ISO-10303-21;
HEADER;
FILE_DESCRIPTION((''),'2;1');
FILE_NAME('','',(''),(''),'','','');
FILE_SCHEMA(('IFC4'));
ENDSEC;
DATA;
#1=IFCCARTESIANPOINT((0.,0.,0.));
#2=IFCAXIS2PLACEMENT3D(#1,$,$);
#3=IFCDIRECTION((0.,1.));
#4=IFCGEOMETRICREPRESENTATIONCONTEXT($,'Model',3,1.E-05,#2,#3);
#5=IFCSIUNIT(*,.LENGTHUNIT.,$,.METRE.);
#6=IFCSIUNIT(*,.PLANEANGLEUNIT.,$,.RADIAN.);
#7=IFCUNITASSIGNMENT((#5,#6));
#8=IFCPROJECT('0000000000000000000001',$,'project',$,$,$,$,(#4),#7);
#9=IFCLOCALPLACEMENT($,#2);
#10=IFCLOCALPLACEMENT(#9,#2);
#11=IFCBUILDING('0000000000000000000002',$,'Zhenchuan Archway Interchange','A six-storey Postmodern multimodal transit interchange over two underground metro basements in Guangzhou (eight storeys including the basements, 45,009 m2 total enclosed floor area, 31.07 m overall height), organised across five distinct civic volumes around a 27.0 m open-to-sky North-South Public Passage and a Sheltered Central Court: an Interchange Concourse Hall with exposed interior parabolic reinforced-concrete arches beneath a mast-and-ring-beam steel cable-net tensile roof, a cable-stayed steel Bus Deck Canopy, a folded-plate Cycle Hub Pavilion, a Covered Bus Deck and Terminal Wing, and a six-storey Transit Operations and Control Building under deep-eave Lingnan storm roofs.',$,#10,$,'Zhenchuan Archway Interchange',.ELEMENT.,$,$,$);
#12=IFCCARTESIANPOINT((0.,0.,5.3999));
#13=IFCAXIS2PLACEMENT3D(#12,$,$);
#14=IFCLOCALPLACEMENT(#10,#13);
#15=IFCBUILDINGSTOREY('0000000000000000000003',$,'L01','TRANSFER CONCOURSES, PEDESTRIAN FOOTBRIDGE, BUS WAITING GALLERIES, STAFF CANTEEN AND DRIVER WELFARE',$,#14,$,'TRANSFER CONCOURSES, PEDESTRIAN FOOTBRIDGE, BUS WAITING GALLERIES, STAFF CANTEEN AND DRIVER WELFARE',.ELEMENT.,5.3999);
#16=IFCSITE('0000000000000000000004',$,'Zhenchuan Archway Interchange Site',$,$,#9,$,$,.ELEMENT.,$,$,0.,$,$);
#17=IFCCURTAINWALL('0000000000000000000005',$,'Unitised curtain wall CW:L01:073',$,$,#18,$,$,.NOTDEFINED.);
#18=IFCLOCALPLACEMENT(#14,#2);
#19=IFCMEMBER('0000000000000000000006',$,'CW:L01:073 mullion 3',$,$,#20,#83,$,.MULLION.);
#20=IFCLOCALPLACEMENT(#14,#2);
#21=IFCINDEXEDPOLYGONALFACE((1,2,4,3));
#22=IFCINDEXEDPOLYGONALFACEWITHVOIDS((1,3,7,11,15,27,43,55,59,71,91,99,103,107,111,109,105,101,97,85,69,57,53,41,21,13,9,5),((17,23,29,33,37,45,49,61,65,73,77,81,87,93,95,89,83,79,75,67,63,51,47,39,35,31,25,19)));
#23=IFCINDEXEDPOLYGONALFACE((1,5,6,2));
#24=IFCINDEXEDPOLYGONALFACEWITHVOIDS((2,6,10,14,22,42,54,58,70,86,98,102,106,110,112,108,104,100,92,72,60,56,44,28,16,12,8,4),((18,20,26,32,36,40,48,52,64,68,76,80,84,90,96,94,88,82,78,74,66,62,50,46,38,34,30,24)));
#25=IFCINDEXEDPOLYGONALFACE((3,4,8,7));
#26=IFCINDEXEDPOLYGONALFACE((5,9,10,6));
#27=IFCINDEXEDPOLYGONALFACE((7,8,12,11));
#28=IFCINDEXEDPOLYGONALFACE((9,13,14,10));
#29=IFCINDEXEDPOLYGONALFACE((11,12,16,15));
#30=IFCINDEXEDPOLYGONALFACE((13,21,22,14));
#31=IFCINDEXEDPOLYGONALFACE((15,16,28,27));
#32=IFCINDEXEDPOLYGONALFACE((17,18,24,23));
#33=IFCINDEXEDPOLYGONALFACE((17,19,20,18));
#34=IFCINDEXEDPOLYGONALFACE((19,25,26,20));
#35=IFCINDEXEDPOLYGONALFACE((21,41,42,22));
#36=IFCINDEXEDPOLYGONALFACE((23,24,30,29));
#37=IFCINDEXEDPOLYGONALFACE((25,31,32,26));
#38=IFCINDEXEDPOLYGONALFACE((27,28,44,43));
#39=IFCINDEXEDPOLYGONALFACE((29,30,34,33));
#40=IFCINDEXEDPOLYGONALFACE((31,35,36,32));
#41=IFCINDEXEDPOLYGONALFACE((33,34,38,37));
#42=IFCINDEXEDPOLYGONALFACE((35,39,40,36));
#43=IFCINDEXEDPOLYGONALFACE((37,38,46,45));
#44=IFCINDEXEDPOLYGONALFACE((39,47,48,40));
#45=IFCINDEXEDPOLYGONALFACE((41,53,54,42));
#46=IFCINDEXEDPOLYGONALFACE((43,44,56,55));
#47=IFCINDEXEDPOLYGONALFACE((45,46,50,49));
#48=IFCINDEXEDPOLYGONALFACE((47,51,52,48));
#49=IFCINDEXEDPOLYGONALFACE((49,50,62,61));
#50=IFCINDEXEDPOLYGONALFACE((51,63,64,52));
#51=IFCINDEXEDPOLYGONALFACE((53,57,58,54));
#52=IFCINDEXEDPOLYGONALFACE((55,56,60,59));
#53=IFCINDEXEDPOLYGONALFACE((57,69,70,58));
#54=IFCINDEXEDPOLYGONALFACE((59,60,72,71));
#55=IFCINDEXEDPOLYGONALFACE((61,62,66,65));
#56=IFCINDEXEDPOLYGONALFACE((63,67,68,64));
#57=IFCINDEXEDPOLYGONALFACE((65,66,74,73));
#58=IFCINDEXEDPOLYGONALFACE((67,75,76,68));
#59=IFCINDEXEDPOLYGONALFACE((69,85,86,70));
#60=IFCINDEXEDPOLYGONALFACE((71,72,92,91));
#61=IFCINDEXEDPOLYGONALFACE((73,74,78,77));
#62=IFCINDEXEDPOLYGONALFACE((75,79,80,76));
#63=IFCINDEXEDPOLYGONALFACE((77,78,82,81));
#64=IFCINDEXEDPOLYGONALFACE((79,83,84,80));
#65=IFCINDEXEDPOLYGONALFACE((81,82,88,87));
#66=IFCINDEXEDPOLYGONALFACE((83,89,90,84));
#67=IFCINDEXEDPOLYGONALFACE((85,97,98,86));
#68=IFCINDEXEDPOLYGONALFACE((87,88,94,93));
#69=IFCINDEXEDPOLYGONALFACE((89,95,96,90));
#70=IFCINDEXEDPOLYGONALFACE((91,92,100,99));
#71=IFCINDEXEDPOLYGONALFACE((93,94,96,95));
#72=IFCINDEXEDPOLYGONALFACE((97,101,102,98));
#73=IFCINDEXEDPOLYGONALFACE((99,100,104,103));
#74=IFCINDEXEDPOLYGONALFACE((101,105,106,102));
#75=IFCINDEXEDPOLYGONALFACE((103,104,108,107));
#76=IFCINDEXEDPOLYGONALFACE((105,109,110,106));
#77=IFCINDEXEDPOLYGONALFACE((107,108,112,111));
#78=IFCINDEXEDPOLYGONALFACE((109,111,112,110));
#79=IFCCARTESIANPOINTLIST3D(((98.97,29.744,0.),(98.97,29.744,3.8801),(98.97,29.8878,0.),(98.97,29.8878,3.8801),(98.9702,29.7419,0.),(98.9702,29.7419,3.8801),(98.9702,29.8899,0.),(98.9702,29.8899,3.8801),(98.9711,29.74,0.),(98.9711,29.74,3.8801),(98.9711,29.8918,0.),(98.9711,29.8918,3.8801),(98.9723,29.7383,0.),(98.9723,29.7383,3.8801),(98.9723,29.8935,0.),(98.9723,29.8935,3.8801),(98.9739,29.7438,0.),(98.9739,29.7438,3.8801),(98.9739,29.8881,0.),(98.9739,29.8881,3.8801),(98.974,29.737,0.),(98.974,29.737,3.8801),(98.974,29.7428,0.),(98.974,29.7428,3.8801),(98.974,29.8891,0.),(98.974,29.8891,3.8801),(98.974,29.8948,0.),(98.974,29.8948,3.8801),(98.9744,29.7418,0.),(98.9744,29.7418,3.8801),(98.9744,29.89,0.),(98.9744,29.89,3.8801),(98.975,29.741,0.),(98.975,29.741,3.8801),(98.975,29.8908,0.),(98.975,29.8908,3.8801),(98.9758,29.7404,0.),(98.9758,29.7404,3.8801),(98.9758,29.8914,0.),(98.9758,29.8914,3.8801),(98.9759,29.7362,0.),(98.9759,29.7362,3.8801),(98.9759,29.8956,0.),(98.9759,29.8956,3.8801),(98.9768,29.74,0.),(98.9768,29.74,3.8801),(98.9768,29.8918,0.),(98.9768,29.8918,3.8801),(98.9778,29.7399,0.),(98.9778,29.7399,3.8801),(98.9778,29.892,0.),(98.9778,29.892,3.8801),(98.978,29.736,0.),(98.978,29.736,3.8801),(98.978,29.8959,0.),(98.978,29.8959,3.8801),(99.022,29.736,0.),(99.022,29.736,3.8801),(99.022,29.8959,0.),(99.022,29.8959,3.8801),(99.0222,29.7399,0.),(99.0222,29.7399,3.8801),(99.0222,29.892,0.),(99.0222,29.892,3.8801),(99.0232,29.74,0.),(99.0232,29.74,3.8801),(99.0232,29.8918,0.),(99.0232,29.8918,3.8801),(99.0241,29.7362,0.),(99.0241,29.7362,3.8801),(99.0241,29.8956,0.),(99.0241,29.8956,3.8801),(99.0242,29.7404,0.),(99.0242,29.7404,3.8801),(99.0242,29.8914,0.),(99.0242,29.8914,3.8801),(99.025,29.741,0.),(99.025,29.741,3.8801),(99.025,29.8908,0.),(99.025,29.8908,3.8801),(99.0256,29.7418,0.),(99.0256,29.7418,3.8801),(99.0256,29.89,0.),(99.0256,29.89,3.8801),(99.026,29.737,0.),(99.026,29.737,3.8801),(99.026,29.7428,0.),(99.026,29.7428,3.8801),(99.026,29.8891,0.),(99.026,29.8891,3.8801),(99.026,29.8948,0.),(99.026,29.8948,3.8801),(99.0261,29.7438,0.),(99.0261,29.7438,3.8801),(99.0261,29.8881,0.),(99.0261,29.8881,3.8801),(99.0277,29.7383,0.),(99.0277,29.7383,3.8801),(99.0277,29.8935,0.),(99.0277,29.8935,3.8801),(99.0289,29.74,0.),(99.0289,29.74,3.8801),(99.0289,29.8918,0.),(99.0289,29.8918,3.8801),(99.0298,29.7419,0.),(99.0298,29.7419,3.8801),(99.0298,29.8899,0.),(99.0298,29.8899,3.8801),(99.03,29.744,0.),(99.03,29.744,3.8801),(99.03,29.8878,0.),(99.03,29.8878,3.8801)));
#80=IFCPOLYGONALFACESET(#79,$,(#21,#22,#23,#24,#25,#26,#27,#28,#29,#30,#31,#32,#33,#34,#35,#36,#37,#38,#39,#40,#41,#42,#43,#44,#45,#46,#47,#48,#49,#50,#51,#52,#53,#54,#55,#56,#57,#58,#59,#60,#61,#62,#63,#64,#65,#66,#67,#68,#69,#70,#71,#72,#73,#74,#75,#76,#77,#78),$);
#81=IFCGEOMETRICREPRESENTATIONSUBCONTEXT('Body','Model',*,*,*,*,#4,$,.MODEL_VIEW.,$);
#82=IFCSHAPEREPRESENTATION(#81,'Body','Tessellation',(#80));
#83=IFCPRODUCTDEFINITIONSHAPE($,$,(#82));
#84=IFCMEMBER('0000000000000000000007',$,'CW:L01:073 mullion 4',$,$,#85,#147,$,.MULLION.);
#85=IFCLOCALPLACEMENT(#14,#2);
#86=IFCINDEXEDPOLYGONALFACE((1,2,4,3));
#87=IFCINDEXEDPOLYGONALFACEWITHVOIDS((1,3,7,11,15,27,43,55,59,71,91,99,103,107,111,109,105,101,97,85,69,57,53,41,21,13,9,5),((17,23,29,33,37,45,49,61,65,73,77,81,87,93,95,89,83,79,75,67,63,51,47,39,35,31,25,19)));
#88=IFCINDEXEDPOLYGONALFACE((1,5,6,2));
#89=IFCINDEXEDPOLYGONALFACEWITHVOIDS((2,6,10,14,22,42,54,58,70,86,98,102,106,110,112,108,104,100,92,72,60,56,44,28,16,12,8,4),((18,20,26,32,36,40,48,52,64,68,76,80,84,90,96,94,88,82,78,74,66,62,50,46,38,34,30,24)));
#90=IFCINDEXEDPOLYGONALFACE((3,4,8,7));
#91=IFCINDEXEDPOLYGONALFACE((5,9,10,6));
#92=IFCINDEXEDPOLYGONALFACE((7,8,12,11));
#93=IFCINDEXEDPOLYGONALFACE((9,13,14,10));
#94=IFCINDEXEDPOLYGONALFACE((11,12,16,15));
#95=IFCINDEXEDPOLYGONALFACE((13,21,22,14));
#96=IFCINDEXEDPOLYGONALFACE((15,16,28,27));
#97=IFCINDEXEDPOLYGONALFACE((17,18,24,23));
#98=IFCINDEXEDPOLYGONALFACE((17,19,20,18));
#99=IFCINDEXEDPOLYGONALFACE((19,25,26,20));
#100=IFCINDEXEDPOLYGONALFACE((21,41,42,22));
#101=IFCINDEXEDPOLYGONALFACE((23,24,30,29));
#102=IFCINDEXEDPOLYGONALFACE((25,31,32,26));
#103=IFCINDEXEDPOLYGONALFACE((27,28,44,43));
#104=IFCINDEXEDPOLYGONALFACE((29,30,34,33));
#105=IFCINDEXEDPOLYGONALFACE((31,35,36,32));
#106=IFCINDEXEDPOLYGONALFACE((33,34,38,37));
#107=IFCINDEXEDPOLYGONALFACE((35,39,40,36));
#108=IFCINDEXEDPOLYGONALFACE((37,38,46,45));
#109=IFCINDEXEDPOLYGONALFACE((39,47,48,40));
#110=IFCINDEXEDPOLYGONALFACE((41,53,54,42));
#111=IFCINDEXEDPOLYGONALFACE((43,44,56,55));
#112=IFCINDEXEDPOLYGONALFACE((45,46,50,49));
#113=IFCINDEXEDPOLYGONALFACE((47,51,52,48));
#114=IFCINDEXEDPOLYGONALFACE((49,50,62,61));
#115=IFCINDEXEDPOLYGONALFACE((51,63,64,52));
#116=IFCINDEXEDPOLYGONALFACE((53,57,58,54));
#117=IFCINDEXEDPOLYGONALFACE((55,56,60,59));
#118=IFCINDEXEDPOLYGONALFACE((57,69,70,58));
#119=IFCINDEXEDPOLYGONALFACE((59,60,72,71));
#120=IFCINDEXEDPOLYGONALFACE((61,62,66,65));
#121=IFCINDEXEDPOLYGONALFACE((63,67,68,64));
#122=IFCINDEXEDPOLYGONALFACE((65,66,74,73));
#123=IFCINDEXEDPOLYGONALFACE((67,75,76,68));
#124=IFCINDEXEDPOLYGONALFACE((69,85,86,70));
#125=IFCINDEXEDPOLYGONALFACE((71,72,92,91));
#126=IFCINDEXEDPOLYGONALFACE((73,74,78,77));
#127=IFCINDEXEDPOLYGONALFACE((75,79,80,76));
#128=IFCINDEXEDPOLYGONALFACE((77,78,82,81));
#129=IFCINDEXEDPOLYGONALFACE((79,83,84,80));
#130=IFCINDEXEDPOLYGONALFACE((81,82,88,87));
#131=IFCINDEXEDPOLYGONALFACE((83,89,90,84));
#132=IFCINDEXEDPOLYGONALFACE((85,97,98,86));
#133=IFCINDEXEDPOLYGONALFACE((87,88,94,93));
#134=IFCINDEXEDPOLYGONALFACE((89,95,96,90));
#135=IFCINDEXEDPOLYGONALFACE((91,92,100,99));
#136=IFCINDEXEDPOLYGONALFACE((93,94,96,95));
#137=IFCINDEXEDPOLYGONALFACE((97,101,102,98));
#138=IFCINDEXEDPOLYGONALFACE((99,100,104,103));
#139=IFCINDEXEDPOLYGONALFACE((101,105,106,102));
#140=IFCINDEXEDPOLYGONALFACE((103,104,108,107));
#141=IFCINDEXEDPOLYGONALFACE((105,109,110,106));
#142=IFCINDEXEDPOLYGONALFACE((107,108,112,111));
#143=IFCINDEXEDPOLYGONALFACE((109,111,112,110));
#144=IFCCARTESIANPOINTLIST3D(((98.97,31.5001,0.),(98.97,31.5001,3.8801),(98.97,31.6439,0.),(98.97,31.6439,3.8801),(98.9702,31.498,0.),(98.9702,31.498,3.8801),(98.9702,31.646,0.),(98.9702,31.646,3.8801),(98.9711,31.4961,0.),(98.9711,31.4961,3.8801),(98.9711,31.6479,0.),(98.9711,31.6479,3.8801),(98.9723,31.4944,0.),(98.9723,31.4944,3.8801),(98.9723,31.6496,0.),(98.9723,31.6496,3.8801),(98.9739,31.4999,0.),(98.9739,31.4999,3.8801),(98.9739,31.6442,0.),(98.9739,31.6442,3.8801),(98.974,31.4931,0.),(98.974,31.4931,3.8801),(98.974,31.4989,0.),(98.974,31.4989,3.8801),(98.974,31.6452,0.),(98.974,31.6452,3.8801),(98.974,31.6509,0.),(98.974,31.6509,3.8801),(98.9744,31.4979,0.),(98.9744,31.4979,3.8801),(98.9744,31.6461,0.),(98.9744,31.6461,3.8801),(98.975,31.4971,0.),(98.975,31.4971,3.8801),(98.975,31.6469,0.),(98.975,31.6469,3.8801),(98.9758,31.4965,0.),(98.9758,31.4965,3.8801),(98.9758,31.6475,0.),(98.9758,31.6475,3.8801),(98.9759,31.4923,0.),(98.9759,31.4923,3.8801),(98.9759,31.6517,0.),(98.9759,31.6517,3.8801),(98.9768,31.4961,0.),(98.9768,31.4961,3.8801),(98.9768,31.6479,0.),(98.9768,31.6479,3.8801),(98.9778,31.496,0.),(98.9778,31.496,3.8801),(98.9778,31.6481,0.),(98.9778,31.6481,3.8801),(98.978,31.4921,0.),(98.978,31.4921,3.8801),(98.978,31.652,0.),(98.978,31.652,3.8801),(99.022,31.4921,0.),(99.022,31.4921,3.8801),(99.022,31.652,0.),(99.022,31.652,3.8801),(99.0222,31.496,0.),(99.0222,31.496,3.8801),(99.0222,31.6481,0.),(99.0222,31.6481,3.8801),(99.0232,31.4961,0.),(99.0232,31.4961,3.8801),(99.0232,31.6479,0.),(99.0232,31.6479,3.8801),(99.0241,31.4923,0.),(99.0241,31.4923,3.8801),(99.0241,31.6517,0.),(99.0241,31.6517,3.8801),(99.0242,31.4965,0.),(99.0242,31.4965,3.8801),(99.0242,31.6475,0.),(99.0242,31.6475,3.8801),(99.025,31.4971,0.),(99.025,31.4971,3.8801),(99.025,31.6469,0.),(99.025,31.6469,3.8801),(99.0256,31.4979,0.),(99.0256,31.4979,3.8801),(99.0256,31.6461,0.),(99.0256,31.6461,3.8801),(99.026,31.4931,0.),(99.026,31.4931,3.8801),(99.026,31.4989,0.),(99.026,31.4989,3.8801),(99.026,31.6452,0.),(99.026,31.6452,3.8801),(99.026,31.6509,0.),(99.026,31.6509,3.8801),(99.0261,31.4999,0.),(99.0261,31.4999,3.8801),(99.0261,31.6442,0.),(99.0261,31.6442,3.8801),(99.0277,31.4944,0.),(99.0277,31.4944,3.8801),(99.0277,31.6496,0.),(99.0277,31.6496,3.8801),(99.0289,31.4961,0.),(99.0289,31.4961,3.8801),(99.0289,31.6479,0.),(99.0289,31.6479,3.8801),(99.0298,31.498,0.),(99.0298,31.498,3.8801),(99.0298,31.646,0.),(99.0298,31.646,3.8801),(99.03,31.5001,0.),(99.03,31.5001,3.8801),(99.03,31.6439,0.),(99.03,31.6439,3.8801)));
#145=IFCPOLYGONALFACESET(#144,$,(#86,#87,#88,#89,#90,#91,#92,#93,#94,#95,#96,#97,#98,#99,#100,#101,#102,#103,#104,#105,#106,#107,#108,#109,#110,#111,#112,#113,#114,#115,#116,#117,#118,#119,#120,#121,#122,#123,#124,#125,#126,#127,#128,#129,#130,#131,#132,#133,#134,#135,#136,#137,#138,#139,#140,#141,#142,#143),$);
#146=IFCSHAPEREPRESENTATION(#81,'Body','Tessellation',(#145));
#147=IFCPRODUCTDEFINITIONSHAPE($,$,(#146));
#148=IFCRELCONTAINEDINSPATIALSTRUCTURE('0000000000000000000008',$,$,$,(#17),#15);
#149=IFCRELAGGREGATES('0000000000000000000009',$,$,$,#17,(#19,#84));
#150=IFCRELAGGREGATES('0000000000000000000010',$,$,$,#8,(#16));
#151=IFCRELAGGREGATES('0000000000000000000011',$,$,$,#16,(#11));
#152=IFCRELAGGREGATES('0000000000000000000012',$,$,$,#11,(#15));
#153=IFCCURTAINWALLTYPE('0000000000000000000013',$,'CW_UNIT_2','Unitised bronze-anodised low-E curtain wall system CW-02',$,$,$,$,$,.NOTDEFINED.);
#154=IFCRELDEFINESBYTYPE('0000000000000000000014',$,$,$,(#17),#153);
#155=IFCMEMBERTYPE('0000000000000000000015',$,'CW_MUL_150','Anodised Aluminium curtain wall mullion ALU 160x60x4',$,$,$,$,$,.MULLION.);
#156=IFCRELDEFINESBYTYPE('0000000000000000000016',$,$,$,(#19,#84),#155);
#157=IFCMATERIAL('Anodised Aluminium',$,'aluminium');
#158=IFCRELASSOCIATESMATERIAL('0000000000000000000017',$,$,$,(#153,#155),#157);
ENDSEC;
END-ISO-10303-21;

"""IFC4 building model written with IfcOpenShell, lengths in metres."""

from ifc_helpers import new_model, si_unit, direction, frame, origin, origin_2d, place, context, subcontext, project, spatial, hollow_rectangle, extrude, material, material_profile, profile_set, type_object, element, aggregate, save


model = new_model("IFC4")

# Units and contexts
model_context = context("Model", 3, precision=1e-05, world=origin(), true_north=direction((0.0, 1.0)))
body_context = subcontext(model_context, "Body", "Model", "MODEL_VIEW")
ifc_project = project(units=[si_unit("LENGTHUNIT", "METRE"), si_unit("PLANEANGLEUNIT", "RADIAN")], contexts=[model_context])

# Site, building, storey
site_placement = place(None, origin())
site = spatial("IfcSite", under=ifc_project, at=site_placement, Name="Zhenchuan Archway Interchange Site", CompositionType="ELEMENT", RefElevation=0.0)
building_placement = place(site_placement, origin())
building = spatial("IfcBuilding", under=site, at=building_placement, Name="Zhenchuan Archway Interchange", Description="A six-storey Postmodern multimodal transit interchange over two underground metro basements in Guangzhou (eight storeys including the basements, 45,009 m2 total enclosed floor area, 31.07 m overall height), organised across five distinct civic volumes around a 27.0 m open-to-sky North-South Public Passage and a Sheltered Central Court: an Interchange Concourse Hall with exposed interior parabolic reinforced-concrete arches beneath a mast-and-ring-beam steel cable-net tensile roof, a cable-stayed steel Bus Deck Canopy, a folded-plate Cycle Hub Pavilion, a Covered Bus Deck and Terminal Wing, and a six-storey Transit Operations and Control Building under deep-eave Lingnan storm roofs.", LongName="Zhenchuan Archway Interchange", CompositionType="ELEMENT")
storey_placement = place(building_placement, frame((0.0, 0.0, 5.3999)))
storey = spatial("IfcBuildingStorey", under=building, at=storey_placement, Name="L01", Description="TRANSFER CONCOURSES, PEDESTRIAN FOOTBRIDGE, BUS WAITING GALLERIES, STAFF CANTEEN AND DRIVER WELFARE", LongName="TRANSFER CONCOURSES, PEDESTRIAN FOOTBRIDGE, BUS WAITING GALLERIES, STAFF CANTEEN AND DRIVER WELFARE", CompositionType="ELEMENT", Elevation=5.3999)

# Curtain wall, members
ifc_material_1 = material(Name="Anodised Aluminium", Category="aluminium")
curtain_wall_type = type_object("IfcCurtainWallType", Name="CW_UNIT_2", Description="Unitised bronze-anodised low-E curtain wall system CW-02", PredefinedType="NOTDEFINED", material=ifc_material_1)
curtain_wall_placement = place(storey_placement, origin())
curtain_wall = element("IfcCurtainWall", 1, at=curtain_wall_placement, inside=storey, type_object=curtain_wall_type, Name="Unitised curtain wall CW:L01:073", PredefinedType="NOTDEFINED")
ifc_material_profile_1 = material_profile(ifc_material_1, hollow_rectangle(XDim=0.0601, YDim=0.1599, WallThickness=0.0039, InnerFilletRadius=0.0039, OuterFilletRadius=0.0081, at=origin_2d()), Name="ALU 160x60x4")
ifc_profile_set_1 = profile_set([ifc_material_profile_1], Name="Anodised Aluminium")
member_type_1 = type_object("IfcMemberType", Name="CW_MUL_150", Description="Anodised Aluminium curtain wall mullion ALU 160x60x4", PredefinedType="MULLION", material=ifc_profile_set_1)
member_1_placement = place(storey_placement, frame((99.0, 29.8159, 0.0), z_axis=(0.0, 0.0, 1.0), x_axis=(1.0, 0.0, 0.0)))
member_1 = element("IfcMember", 2, at=member_1_placement, type_object=member_type_1, Name="CW:L01:073 mullion 3", PredefinedType="MULLION", context=body_context, shape_type="SweptSolid", body=[
    extrude(hollow_rectangle(XDim=0.0601, YDim=0.1599, WallThickness=0.0039, InnerFilletRadius=0.0039, OuterFilletRadius=0.0081, at=origin_2d()), origin(), (0.0, 0.0, 1.0), 3.8801),
])
member_2_placement = place(storey_placement, frame((99.0, 31.572, 0.0), z_axis=(0.0, 0.0, 1.0), x_axis=(1.0, 0.0, 0.0)))
member_2 = element("IfcMember", 3, at=member_2_placement, type_object=member_type_1, Name="CW:L01:073 mullion 4", PredefinedType="MULLION", context=body_context, shape_type="SweptSolid", body=[
    extrude(hollow_rectangle(XDim=0.0601, YDim=0.1599, WallThickness=0.0039, InnerFilletRadius=0.0039, OuterFilletRadius=0.0081, at=origin_2d()), origin(), (0.0, 0.0, 1.0), 3.8801),
])

aggregate(curtain_wall, [member_1, member_2])

save(model, "model.ifc")
